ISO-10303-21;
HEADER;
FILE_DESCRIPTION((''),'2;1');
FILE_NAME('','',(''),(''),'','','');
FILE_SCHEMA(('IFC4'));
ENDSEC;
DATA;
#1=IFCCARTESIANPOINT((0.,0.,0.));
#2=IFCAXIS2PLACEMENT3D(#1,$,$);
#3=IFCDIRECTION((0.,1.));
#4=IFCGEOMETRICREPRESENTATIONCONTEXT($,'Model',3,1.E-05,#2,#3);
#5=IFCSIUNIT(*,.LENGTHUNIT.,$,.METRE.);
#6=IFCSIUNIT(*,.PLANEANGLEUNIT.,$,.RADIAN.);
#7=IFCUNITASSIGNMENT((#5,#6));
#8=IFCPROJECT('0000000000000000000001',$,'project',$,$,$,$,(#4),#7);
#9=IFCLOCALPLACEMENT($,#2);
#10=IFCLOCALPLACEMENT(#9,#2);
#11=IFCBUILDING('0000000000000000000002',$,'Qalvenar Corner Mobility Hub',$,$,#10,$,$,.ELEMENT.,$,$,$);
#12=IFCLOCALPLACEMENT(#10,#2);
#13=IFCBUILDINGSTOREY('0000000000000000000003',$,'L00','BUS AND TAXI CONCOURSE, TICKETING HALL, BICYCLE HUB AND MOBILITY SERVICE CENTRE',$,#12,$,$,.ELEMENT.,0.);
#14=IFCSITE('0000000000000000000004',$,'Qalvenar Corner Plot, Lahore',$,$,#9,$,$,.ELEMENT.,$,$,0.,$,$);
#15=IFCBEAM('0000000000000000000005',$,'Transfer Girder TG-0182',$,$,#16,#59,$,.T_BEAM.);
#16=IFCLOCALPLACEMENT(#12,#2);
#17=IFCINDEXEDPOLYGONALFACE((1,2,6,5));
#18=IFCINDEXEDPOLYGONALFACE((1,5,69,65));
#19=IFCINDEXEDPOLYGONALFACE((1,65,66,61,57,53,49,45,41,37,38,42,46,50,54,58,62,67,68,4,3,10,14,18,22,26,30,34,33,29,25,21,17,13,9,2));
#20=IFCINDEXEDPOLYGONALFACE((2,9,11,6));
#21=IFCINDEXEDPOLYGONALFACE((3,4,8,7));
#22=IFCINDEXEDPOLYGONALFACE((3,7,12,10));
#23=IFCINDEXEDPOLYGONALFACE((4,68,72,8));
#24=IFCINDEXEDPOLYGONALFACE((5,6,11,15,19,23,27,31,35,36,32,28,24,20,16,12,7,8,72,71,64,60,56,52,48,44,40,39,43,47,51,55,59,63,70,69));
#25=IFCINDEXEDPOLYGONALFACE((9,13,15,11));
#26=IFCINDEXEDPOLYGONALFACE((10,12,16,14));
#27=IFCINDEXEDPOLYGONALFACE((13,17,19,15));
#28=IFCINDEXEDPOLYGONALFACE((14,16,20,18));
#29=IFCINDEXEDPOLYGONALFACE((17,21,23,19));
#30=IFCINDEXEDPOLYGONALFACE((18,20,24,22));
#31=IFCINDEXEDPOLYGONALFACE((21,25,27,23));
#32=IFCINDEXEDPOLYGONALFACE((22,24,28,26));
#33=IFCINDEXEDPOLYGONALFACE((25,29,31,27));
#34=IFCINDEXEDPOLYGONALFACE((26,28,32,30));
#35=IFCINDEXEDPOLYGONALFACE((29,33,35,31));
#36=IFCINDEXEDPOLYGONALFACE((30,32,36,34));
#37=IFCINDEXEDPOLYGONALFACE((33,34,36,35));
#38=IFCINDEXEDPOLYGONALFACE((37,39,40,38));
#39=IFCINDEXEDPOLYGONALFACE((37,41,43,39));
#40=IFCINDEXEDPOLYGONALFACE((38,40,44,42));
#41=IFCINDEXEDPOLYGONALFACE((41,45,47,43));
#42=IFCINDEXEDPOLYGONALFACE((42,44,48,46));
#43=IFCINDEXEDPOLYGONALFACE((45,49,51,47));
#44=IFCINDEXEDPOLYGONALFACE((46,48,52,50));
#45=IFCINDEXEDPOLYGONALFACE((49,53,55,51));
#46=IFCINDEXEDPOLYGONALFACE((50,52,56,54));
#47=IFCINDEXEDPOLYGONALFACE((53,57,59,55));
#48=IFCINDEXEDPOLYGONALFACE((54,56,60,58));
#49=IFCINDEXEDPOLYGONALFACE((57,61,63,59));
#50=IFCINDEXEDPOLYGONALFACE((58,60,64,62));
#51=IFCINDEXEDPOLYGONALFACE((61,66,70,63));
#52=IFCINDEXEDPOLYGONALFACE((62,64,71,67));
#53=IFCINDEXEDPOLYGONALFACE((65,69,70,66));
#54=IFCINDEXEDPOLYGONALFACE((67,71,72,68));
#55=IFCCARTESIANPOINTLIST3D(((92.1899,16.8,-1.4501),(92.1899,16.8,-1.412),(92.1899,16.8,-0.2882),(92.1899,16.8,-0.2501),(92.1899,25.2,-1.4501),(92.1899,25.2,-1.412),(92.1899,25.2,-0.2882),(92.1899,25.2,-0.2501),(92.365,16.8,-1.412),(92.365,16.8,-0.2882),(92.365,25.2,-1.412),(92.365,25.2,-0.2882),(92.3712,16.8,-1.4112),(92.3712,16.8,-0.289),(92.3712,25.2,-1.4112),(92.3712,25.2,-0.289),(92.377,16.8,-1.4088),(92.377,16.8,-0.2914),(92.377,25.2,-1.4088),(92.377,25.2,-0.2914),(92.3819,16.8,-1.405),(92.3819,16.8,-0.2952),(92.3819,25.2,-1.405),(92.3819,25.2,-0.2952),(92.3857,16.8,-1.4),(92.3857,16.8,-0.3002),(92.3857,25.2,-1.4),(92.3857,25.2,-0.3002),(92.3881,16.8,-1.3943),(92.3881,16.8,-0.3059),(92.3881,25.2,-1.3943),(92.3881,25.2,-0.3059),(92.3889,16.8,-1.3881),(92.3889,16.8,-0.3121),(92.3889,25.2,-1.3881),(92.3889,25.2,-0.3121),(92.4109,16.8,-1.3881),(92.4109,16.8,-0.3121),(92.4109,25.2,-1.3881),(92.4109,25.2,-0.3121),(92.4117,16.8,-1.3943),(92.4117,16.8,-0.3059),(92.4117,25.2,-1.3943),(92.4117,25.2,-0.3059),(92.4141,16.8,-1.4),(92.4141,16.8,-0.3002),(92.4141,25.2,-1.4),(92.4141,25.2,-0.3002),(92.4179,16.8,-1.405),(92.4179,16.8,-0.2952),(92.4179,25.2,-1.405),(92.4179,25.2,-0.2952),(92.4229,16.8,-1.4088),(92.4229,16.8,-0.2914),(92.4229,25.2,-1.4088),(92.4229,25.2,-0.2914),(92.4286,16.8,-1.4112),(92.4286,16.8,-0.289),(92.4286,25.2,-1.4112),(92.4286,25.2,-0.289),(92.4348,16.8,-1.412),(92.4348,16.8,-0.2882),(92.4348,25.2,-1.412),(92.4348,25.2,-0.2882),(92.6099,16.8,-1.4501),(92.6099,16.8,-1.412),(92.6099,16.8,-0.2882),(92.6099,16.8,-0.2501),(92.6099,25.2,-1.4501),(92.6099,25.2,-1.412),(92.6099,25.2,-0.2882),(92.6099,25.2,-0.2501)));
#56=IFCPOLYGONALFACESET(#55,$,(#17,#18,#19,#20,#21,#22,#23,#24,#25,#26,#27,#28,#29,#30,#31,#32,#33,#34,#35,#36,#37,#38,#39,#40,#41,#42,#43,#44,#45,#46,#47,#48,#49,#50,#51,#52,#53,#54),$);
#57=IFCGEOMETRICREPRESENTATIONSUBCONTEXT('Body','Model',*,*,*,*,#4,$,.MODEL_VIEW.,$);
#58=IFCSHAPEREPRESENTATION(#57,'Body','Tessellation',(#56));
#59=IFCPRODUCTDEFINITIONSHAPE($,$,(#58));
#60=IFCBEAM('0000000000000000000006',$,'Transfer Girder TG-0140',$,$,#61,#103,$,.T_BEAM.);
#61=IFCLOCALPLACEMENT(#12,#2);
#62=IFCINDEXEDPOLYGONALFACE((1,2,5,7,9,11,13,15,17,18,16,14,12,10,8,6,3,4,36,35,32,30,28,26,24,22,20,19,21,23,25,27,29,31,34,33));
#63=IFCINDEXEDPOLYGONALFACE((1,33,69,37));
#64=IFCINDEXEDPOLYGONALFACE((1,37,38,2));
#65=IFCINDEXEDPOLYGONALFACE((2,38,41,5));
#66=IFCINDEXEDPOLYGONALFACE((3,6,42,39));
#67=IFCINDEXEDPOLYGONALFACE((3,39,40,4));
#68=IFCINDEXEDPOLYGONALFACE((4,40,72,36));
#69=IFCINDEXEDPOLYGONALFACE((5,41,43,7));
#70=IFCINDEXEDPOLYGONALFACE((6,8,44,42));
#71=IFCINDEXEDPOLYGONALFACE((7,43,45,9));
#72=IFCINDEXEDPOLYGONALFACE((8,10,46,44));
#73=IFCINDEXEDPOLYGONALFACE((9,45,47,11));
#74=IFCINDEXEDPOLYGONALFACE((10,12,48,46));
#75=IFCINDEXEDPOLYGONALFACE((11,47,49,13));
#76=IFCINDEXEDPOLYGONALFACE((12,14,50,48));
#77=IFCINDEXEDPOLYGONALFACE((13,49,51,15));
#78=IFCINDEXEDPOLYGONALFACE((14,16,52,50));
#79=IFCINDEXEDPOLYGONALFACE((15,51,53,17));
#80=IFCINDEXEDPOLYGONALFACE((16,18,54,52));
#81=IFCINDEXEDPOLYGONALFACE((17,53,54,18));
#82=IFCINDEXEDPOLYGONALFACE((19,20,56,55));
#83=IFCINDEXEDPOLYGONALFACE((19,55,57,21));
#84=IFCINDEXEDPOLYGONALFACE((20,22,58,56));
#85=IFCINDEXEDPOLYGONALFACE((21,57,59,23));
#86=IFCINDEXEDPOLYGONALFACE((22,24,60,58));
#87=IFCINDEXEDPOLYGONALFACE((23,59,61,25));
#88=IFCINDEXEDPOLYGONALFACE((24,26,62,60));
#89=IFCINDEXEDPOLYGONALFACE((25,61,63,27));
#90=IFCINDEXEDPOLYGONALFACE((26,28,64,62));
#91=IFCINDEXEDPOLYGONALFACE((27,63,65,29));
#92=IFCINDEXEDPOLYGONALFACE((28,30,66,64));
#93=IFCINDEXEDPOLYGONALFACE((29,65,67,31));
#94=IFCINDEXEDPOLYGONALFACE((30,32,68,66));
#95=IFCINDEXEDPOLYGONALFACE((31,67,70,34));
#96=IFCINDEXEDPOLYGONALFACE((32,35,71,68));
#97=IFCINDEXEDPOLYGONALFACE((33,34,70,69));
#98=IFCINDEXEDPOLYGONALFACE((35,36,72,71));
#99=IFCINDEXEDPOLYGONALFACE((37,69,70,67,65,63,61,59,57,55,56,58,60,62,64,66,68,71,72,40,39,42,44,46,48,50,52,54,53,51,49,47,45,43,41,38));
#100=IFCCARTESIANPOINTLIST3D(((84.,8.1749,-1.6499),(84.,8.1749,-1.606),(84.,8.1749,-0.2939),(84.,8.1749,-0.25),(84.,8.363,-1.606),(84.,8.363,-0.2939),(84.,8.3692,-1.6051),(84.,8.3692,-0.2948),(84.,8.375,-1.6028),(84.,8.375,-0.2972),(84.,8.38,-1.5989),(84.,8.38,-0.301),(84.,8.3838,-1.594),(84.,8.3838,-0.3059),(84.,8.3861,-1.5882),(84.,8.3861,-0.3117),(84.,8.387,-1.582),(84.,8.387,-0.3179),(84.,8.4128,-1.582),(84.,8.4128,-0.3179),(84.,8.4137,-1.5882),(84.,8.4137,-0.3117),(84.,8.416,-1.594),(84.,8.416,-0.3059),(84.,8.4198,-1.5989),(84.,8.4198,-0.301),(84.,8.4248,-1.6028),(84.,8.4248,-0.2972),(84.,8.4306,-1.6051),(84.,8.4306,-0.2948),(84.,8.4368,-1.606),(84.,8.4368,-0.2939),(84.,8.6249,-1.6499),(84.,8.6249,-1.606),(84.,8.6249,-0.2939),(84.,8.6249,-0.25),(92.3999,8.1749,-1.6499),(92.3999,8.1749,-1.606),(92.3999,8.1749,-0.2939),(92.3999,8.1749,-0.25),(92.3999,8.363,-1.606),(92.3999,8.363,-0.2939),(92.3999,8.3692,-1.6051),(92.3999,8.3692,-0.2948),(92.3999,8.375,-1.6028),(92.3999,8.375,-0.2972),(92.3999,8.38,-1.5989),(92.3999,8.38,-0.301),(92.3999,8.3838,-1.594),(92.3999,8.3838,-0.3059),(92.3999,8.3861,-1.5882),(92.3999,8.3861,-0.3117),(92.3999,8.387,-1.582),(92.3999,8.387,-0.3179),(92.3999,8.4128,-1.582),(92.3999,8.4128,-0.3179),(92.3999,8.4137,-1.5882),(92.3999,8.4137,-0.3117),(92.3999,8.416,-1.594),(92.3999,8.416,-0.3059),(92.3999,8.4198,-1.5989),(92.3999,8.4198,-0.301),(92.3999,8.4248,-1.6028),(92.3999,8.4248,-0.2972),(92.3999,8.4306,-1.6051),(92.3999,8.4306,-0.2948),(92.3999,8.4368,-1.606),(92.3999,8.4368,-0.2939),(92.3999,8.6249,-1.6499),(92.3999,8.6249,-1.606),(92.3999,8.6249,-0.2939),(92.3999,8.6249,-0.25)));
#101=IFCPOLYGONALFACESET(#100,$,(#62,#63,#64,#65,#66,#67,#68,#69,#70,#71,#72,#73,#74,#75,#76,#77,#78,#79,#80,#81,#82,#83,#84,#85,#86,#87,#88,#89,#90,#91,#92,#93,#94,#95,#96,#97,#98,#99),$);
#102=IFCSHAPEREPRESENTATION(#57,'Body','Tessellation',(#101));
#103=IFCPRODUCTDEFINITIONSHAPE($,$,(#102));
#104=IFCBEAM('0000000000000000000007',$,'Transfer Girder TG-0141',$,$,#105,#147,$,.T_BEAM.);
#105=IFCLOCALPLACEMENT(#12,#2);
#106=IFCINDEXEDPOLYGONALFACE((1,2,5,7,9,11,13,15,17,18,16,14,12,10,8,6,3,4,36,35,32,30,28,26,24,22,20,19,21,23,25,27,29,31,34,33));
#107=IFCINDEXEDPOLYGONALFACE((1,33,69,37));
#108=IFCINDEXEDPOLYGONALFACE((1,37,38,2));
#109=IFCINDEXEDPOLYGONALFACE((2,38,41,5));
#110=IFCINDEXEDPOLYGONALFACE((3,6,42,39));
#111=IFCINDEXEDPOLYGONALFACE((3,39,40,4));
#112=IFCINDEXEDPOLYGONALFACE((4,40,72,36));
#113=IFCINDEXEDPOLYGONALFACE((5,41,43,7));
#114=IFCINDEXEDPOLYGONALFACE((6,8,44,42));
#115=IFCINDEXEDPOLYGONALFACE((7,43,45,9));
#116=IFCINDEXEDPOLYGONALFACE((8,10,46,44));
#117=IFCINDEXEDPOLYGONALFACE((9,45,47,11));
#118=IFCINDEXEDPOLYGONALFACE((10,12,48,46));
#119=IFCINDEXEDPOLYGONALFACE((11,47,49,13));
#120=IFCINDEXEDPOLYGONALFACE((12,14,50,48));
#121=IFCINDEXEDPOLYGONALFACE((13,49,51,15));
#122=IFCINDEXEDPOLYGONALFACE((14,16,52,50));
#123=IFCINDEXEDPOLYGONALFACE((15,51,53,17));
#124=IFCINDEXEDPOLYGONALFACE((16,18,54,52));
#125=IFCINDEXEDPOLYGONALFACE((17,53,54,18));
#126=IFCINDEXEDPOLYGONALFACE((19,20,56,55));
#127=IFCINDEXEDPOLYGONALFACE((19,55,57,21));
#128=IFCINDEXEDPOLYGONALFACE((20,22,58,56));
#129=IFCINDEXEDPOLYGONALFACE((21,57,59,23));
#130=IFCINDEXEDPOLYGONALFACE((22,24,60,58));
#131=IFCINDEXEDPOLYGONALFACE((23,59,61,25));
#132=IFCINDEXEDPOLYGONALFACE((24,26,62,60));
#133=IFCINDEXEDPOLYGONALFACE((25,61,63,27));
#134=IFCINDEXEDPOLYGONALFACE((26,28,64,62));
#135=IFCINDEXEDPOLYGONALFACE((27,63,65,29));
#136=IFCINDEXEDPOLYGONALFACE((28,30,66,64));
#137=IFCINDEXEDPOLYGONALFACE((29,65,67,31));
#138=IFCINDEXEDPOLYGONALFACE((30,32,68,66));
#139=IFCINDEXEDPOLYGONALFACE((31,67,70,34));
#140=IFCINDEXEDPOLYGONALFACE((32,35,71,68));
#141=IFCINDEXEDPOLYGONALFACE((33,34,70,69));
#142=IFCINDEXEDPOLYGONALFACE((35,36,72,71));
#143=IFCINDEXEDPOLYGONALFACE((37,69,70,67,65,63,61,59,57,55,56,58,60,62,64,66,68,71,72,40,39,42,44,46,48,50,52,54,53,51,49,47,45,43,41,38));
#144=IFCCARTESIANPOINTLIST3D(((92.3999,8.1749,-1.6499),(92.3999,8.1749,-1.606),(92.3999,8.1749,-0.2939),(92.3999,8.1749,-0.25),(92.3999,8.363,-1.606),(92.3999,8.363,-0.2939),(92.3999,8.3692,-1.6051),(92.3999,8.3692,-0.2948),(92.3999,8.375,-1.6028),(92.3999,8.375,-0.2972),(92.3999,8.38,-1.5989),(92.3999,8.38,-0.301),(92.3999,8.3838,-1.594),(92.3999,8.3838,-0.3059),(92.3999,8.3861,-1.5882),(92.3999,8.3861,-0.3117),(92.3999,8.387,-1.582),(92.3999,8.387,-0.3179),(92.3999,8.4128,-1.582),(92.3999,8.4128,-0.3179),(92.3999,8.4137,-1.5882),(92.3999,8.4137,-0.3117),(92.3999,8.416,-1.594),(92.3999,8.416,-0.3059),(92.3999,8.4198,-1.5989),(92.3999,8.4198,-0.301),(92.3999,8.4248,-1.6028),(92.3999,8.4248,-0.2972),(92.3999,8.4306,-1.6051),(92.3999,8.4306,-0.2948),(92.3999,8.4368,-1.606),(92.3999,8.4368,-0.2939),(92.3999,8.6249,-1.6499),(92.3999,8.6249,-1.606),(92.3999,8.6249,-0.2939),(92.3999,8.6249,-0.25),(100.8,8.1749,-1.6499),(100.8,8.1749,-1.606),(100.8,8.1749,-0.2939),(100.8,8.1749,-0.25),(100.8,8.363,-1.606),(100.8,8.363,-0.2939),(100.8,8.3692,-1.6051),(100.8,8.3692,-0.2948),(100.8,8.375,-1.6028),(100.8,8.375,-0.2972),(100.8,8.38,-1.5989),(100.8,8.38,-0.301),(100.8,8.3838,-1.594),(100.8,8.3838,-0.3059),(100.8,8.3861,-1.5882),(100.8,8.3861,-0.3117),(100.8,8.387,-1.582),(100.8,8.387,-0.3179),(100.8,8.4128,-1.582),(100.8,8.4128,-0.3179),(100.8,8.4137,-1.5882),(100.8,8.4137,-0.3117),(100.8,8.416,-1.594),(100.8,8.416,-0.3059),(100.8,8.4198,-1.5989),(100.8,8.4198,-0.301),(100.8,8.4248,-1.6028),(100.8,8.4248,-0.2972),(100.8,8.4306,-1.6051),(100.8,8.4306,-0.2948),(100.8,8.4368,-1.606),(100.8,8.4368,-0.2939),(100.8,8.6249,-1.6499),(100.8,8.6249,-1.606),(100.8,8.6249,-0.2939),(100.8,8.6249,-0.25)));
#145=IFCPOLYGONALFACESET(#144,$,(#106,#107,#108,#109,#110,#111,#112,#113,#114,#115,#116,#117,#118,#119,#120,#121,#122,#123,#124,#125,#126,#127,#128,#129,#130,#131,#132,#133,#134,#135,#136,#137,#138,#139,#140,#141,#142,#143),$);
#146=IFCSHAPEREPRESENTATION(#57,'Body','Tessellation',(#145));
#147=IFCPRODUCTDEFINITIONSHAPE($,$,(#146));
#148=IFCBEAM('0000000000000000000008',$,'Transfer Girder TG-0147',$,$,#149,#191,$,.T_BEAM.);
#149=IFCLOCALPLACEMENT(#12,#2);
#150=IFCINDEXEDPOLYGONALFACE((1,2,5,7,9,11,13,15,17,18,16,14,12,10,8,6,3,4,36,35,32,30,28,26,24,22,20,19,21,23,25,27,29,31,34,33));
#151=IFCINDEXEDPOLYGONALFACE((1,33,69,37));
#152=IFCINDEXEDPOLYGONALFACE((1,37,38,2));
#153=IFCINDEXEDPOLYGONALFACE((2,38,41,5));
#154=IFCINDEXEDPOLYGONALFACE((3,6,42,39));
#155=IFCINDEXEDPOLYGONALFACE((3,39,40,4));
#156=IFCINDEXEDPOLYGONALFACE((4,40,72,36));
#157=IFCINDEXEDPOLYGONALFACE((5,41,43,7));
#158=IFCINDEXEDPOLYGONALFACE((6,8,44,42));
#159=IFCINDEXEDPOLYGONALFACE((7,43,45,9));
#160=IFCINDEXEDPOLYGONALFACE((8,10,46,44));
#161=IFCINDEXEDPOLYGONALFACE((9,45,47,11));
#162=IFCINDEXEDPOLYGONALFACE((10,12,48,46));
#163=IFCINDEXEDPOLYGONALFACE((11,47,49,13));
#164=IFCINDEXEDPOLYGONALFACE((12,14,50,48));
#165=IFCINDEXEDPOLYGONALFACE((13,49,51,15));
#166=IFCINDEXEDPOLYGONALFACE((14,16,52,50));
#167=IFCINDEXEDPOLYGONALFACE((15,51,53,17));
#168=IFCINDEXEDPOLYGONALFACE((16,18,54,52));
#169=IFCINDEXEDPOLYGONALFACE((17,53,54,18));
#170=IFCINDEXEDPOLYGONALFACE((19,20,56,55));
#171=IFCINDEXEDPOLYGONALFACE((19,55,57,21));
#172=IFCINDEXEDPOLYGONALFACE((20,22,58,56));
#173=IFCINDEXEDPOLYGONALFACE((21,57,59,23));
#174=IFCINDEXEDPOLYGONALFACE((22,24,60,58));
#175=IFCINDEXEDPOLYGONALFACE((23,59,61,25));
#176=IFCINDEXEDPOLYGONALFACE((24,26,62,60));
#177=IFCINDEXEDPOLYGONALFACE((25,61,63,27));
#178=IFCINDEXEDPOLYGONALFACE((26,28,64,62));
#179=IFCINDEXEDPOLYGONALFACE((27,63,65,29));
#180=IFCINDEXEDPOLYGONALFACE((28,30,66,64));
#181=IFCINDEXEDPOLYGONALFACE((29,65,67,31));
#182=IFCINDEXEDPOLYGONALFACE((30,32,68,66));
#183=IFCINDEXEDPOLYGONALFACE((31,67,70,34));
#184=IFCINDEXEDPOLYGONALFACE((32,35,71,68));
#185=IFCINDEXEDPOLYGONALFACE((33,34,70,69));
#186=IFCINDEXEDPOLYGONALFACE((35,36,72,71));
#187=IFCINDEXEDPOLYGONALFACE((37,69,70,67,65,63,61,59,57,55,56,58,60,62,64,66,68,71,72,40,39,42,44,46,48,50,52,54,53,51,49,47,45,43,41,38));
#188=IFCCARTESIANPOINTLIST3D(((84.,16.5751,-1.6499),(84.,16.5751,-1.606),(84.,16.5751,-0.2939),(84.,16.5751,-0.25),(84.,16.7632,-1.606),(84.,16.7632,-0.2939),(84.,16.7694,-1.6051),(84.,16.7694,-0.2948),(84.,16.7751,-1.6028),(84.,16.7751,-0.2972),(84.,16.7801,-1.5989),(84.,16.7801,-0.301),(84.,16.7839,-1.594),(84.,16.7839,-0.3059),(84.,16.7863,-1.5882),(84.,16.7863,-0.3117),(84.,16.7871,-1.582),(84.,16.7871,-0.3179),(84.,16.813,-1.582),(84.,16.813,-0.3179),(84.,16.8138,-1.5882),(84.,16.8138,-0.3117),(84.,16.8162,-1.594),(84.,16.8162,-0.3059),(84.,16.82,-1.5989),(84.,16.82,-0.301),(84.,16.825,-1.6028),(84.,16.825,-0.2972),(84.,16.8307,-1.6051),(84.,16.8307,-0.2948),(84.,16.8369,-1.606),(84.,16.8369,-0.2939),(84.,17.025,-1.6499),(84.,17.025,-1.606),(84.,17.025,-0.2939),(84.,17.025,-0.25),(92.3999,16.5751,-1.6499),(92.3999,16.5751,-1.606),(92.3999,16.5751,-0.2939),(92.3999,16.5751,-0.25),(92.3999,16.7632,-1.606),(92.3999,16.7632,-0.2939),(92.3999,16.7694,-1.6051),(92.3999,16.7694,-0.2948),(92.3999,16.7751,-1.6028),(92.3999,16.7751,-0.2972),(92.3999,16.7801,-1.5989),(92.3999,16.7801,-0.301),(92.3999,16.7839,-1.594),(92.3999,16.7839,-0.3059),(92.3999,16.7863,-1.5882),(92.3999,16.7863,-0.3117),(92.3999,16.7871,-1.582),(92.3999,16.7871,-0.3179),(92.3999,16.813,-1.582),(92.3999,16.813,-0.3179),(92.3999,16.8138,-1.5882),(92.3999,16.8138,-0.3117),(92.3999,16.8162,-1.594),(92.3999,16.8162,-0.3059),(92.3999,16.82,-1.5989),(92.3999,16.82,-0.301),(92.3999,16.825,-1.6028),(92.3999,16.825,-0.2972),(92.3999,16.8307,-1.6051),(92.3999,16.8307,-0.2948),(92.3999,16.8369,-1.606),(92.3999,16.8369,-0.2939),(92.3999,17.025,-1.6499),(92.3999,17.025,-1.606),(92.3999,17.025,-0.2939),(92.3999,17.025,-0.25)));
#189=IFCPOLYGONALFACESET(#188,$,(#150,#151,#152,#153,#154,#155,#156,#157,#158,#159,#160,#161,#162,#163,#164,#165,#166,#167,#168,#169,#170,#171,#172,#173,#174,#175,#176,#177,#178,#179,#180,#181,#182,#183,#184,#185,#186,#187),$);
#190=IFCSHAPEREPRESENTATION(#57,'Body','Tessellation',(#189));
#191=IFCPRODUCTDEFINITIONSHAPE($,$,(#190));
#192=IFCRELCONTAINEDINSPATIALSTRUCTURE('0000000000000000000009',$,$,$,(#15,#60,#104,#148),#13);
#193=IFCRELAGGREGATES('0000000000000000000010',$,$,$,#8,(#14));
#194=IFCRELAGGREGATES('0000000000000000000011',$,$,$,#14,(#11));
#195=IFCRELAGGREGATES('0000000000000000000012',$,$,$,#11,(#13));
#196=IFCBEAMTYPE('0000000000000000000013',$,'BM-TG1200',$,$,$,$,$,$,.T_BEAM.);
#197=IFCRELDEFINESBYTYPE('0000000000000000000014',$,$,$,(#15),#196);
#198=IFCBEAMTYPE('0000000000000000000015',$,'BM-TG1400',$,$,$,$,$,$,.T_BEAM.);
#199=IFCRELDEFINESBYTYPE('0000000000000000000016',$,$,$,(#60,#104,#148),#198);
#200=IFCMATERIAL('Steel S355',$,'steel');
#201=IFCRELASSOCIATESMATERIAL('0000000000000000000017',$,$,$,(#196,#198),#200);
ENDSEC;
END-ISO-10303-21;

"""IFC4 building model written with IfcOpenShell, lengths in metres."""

from ifc_helpers import new_model, si_unit, direction, frame, origin, origin_2d, place, context, subcontext, project, spatial, i_section, extrude, material, material_profile, profile_set, type_object, element, save


model = new_model("IFC4")

# Units and contexts
model_context = context("Model", 3, precision=1e-05, world=origin(), true_north=direction((0.0, 1.0)))
body_context = subcontext(model_context, "Body", "Model", "MODEL_VIEW")
ifc_project = project(units=[si_unit("LENGTHUNIT", "METRE"), si_unit("PLANEANGLEUNIT", "RADIAN")], contexts=[model_context])

# Site, building, storey
site_placement = place(None, origin())
site = spatial("IfcSite", under=ifc_project, at=site_placement, Name="Qalvenar Corner Plot, Lahore", CompositionType="ELEMENT", RefElevation=0.0)
building_placement = place(site_placement, origin())
building = spatial("IfcBuilding", under=site, at=building_placement, Name="Qalvenar Corner Mobility Hub", CompositionType="ELEMENT")
storey_placement = place(building_placement, origin())
storey = spatial("IfcBuildingStorey", under=building, at=storey_placement, Name="L00", Description="BUS AND TAXI CONCOURSE, TICKETING HALL, BICYCLE HUB AND MOBILITY SERVICE CENTRE", CompositionType="ELEMENT", Elevation=0.0)

# Shared definitions
ifc_material_1 = material(Name="Steel S355", Category="steel")

# Beams
ifc_material_profile_1 = material_profile(ifc_material_1, i_section(OverallWidth=0.4199, OverallDepth=1.2, WebThickness=0.022, FlangeThickness=0.0381, FilletRadius=0.0239, at=origin_2d()), Name="W1100x390-TG1200")
ifc_profile_set_1 = profile_set([ifc_material_profile_1], Name="Steel S355")
beam_type_1 = type_object("IfcBeamType", Name="BM-TG1200", PredefinedType="T_BEAM", material=ifc_profile_set_1)
beam_1_placement = place(storey_placement, frame((92.3999, 16.8, -0.8501), z_axis=(0.0, 1.0, 0.0), x_axis=(-1.0, 0.0, 0.0)))
element("IfcBeam", 1, at=beam_1_placement, inside=storey, type_object=beam_type_1, Name="Transfer Girder TG-0182", PredefinedType="T_BEAM", context=body_context, shape_type="SweptSolid", body=[
    extrude(i_section(OverallWidth=0.4199, OverallDepth=1.2, WebThickness=0.022, FlangeThickness=0.0381, FilletRadius=0.0239, at=origin_2d()), origin(), (0.0, 0.0, 1.0), 8.3999),
])
ifc_material_profile_2 = material_profile(ifc_material_1, i_section(OverallWidth=0.45, OverallDepth=1.3999, WebThickness=0.0259, FlangeThickness=0.0439, FilletRadius=0.0239, at=origin_2d()), Name="W1100x499-TG1400")
ifc_profile_set_2 = profile_set([ifc_material_profile_2], Name="Steel S355")
beam_type_2 = type_object("IfcBeamType", Name="BM-TG1400", PredefinedType="T_BEAM", material=ifc_profile_set_2)
beam_2_placement = place(storey_placement, frame((84.0, 8.3999, -0.95), z_axis=(1.0, 0.0, 0.0), x_axis=(0.0, 1.0, 0.0)))
element("IfcBeam", 2, at=beam_2_placement, inside=storey, type_object=beam_type_2, Name="Transfer Girder TG-0140", PredefinedType="T_BEAM", context=body_context, shape_type="SweptSolid", body=[
    extrude(i_section(OverallWidth=0.45, OverallDepth=1.3999, WebThickness=0.0259, FlangeThickness=0.0439, FilletRadius=0.0239, at=origin_2d()), origin(), (0.0, 0.0, 1.0), 8.3999),
])
beam_3_placement = place(storey_placement, frame((92.3999, 8.3999, -0.95), z_axis=(1.0, 0.0, 0.0), x_axis=(0.0, 1.0, 0.0)))
element("IfcBeam", 3, at=beam_3_placement, inside=storey, type_object=beam_type_2, Name="Transfer Girder TG-0141", PredefinedType="T_BEAM", context=body_context, shape_type="SweptSolid", body=[
    extrude(i_section(OverallWidth=0.45, OverallDepth=1.3999, WebThickness=0.0259, FlangeThickness=0.0439, FilletRadius=0.0239, at=origin_2d()), origin(), (0.0, 0.0, 1.0), 8.4001),
])
beam_4_placement = place(storey_placement, frame((84.0, 16.8, -0.95), z_axis=(1.0, 0.0, 0.0), x_axis=(0.0, 1.0, 0.0)))
element("IfcBeam", 4, at=beam_4_placement, inside=storey, type_object=beam_type_2, Name="Transfer Girder TG-0147", PredefinedType="T_BEAM", context=body_context, shape_type="SweptSolid", body=[
    extrude(i_section(OverallWidth=0.45, OverallDepth=1.3999, WebThickness=0.0259, FlangeThickness=0.0439, FilletRadius=0.0239, at=origin_2d()), origin(), (0.0, 0.0, 1.0), 8.3999),
])

save(model, "model.ifc")
